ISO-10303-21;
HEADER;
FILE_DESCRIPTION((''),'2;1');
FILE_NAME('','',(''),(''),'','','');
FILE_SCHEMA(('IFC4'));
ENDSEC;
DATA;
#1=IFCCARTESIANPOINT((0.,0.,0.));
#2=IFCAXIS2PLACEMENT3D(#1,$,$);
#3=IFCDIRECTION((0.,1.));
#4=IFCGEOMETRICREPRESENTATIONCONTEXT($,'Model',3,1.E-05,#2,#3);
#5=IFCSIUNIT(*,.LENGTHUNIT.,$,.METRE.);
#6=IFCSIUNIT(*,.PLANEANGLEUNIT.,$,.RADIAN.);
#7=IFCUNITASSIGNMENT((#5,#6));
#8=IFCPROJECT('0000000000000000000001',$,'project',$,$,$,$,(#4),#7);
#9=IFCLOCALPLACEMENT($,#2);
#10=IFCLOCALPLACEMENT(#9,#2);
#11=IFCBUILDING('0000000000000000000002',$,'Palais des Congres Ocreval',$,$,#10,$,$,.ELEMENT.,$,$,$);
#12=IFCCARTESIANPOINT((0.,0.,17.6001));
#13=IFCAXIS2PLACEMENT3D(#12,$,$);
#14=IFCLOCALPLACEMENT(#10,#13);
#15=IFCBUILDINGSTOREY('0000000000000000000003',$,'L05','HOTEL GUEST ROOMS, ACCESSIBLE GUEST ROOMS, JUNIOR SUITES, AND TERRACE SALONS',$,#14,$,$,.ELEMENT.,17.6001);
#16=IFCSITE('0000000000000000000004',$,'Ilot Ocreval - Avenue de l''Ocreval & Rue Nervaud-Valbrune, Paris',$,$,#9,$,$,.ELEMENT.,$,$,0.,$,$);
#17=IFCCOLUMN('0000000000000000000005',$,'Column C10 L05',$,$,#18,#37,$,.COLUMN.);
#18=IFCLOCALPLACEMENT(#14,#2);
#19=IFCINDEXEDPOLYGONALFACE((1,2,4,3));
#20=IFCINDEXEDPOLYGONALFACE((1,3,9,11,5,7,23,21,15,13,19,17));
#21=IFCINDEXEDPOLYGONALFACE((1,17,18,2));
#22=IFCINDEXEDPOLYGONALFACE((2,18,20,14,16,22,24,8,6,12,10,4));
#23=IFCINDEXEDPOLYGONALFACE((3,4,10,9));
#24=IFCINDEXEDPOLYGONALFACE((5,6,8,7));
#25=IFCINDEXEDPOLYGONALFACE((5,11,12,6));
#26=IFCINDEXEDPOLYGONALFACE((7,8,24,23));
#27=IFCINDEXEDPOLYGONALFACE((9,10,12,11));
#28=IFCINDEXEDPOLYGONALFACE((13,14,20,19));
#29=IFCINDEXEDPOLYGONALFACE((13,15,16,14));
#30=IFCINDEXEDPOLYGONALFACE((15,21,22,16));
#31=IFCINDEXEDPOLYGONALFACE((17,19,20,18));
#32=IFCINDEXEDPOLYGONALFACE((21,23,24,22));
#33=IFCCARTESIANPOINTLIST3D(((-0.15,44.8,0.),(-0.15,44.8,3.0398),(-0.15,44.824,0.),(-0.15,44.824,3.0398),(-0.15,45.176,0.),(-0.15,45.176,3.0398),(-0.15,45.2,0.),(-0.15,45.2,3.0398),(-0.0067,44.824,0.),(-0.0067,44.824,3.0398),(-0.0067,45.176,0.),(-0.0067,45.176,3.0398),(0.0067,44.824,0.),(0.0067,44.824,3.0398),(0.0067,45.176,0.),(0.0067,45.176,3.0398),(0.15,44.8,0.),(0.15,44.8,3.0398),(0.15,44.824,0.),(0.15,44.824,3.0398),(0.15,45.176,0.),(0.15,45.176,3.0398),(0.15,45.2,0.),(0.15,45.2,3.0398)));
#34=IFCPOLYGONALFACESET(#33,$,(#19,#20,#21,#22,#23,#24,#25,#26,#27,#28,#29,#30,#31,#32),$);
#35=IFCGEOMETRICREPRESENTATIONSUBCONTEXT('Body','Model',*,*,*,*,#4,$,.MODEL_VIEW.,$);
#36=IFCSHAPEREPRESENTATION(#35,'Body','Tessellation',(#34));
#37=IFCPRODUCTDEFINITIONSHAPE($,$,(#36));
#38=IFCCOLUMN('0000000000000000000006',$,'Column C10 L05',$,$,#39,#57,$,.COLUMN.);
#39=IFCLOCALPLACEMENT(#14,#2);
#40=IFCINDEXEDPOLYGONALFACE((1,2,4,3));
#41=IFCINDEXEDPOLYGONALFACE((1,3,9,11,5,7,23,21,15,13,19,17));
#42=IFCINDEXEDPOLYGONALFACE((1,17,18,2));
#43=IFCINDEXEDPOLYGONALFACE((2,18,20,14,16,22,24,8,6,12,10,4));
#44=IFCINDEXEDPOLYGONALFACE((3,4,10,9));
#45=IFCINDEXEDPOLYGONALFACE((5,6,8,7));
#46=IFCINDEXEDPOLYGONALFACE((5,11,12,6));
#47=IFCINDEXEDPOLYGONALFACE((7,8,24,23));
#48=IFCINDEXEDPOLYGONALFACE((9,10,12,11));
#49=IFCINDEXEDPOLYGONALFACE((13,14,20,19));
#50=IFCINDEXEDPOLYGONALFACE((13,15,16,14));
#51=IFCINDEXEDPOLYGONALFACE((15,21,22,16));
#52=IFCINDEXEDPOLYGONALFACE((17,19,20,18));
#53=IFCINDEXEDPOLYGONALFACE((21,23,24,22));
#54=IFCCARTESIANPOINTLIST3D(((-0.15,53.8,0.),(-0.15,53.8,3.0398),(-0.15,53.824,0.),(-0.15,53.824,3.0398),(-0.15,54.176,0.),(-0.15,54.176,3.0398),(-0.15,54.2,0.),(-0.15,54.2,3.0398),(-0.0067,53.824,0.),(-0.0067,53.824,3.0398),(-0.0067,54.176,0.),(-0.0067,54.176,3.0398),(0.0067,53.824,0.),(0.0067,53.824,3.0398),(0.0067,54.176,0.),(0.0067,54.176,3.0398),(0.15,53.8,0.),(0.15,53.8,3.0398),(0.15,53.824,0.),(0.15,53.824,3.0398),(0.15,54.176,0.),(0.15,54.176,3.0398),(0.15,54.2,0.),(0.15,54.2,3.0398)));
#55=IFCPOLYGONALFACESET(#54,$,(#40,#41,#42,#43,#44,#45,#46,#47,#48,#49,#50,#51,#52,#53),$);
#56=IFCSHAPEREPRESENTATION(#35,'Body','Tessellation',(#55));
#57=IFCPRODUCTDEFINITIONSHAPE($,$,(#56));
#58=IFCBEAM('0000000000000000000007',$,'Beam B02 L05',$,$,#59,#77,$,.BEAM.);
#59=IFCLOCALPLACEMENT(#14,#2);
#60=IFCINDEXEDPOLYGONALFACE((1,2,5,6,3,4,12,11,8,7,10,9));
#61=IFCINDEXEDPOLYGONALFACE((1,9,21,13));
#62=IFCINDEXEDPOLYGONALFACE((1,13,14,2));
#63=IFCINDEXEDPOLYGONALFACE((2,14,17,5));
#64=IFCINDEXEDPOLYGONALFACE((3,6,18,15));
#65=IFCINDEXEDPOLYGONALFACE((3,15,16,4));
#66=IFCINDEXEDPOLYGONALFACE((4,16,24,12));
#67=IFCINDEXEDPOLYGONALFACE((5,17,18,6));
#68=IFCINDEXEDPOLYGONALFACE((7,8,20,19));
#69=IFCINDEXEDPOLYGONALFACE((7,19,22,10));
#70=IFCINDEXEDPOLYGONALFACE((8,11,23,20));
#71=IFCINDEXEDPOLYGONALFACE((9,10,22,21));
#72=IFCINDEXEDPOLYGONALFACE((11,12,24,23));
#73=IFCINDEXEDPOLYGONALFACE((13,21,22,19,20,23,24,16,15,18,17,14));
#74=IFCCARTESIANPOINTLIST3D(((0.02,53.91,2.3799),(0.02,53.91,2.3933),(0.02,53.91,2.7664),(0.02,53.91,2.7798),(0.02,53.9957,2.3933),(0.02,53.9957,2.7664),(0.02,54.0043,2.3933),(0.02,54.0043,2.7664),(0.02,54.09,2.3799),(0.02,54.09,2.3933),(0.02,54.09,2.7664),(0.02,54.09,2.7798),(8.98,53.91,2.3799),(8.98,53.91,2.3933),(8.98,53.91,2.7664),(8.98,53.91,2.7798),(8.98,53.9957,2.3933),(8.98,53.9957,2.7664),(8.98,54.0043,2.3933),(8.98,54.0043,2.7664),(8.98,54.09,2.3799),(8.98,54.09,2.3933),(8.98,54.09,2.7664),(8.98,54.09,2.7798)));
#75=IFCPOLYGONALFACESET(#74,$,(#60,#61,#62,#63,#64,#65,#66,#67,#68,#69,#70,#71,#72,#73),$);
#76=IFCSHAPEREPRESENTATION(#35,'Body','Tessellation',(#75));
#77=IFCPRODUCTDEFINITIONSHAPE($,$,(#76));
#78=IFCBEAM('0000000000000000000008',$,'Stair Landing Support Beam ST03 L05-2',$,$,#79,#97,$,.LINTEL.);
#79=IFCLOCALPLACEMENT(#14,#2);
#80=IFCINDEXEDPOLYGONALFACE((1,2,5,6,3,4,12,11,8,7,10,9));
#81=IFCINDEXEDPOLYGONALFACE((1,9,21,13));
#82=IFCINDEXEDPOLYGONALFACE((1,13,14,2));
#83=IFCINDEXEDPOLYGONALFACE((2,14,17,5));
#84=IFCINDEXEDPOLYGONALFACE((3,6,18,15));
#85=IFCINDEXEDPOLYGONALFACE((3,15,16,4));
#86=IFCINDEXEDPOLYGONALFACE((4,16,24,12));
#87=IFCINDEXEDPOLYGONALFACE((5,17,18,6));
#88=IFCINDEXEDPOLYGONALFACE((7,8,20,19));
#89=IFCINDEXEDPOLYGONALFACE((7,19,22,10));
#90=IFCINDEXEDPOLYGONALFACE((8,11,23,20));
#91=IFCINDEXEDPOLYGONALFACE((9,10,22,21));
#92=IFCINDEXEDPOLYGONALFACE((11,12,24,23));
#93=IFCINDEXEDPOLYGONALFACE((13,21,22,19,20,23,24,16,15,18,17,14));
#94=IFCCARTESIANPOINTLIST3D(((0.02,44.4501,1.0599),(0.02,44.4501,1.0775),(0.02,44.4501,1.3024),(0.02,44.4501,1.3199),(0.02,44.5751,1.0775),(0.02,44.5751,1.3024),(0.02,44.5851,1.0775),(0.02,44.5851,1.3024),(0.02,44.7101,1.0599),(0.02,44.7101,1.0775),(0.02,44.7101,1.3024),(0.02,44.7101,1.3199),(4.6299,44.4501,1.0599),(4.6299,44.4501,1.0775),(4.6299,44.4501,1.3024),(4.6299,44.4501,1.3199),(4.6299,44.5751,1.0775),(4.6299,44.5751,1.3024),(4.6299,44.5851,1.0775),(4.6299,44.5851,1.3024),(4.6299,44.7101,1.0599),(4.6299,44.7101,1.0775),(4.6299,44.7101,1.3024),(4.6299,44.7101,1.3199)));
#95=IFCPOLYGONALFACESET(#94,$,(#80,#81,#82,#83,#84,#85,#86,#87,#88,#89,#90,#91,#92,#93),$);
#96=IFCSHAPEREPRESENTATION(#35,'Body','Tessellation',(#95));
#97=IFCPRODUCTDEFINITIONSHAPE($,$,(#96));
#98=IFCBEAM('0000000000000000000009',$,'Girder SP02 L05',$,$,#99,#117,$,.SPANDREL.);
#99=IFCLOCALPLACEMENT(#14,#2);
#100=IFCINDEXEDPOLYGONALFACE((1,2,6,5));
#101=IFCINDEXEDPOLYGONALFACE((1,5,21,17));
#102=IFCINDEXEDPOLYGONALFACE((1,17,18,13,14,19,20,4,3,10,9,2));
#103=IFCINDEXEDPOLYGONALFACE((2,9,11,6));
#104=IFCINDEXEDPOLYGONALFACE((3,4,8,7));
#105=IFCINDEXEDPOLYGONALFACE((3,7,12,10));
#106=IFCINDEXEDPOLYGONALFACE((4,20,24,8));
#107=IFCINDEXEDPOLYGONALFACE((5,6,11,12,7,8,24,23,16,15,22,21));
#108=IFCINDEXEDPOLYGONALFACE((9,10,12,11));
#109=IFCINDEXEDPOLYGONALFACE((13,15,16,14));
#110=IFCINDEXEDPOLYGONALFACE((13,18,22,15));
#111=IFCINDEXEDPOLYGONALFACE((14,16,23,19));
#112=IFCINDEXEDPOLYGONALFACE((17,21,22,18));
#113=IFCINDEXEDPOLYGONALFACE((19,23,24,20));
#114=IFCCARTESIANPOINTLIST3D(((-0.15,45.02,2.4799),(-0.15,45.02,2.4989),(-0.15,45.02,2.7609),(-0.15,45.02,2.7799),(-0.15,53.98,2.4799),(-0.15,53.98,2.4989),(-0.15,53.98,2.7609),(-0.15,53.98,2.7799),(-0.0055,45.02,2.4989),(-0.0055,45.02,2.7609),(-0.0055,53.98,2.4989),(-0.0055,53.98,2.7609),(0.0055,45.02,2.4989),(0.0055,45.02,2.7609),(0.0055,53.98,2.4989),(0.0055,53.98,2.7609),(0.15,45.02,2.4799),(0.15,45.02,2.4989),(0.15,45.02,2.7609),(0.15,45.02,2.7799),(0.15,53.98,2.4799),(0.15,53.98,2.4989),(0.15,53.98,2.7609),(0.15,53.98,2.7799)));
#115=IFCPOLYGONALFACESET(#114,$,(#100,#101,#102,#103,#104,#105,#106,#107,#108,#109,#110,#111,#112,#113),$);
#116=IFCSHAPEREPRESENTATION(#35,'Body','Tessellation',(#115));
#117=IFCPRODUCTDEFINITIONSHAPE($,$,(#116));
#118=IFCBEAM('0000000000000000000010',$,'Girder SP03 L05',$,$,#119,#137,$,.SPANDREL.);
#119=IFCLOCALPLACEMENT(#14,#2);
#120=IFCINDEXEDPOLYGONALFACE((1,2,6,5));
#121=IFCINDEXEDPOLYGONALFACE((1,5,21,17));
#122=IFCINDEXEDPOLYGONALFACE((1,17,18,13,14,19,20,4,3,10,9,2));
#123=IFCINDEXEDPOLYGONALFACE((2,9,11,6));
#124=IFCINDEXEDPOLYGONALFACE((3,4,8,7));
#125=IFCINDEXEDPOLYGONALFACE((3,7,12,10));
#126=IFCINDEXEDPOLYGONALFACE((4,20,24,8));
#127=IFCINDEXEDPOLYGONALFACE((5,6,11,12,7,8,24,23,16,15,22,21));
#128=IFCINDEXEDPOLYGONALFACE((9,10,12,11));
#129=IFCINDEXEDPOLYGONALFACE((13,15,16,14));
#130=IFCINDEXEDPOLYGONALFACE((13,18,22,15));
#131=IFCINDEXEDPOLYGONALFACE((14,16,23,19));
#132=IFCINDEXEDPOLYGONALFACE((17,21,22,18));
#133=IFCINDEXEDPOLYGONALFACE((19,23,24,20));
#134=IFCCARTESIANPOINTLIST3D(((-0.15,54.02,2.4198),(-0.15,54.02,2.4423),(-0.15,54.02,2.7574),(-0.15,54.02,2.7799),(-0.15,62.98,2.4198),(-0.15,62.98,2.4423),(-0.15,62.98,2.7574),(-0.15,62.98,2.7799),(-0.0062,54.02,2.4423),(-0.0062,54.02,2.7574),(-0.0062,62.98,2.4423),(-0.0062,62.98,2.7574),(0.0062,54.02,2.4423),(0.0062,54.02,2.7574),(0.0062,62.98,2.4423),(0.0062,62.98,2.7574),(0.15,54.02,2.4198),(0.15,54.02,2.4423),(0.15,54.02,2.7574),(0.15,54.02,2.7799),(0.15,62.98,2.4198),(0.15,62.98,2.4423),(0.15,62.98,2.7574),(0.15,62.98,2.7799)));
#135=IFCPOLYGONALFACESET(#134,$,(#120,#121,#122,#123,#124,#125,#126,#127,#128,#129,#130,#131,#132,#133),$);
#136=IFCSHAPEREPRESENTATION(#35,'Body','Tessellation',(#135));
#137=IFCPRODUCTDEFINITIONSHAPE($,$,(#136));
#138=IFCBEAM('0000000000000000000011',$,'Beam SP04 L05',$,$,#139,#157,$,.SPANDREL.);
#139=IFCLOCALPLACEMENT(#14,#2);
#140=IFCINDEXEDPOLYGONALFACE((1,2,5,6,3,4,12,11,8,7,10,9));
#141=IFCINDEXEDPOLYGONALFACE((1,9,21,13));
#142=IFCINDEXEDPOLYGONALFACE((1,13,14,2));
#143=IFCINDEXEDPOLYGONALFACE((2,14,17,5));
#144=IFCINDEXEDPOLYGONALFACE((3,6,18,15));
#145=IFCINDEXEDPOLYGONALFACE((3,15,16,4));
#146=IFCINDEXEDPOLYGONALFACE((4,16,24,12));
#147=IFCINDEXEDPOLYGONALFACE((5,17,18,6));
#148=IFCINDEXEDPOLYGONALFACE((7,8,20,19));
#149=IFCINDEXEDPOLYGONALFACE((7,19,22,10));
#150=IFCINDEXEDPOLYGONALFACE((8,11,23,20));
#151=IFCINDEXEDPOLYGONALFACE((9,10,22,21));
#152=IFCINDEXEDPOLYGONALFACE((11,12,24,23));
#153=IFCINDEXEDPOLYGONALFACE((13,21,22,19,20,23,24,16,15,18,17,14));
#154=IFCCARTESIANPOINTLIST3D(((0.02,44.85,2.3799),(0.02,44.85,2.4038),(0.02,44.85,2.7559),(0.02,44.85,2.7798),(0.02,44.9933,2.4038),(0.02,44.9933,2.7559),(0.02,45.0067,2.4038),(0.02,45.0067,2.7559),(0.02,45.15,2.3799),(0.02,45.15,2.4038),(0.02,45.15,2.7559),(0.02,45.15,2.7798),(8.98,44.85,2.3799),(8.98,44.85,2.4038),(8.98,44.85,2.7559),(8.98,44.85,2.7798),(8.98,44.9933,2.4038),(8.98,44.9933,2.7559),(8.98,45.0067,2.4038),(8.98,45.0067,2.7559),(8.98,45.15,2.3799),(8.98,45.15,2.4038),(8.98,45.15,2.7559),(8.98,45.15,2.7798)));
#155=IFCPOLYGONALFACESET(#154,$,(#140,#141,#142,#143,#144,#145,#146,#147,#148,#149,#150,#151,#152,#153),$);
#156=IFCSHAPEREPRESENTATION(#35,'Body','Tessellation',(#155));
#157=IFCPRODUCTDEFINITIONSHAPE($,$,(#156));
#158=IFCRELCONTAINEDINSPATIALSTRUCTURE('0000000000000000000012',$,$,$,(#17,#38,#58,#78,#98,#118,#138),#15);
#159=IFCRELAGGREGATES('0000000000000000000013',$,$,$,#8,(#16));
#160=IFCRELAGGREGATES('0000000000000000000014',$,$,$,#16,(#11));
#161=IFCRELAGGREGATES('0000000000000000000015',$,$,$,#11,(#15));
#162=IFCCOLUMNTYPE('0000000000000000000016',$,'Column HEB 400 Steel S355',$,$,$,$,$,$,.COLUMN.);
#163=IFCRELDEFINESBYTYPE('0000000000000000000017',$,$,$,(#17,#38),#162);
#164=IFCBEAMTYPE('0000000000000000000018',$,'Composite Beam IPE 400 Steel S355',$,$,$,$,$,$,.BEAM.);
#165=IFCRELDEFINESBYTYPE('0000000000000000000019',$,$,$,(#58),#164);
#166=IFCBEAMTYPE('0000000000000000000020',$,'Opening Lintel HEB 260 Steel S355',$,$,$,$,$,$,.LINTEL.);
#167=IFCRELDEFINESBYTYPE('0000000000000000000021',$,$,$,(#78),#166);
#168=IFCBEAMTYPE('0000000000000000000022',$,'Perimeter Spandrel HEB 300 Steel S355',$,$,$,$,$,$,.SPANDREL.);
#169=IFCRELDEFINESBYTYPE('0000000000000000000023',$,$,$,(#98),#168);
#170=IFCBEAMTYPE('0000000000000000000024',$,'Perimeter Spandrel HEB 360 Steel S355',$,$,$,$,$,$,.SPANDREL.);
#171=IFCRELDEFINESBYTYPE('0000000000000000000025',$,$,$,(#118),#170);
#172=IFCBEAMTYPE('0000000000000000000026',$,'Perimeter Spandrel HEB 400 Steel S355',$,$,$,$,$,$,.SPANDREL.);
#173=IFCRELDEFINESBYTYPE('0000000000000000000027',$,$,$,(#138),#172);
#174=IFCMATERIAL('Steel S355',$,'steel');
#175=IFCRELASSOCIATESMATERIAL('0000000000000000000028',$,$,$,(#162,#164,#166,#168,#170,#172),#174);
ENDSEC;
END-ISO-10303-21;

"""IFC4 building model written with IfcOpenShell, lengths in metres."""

from ifc_helpers import new_model, si_unit, direction, frame, origin, origin_2d, place, context, subcontext, project, spatial, i_section, extrude, material, material_profile, profile_set, type_object, element, save


model = new_model("IFC4")

# Units and contexts
model_context = context("Model", 3, precision=1e-05, world=origin(), true_north=direction((0.0, 1.0)))
body_context = subcontext(model_context, "Body", "Model", "MODEL_VIEW")
ifc_project = project(units=[si_unit("LENGTHUNIT", "METRE"), si_unit("PLANEANGLEUNIT", "RADIAN")], contexts=[model_context])

# Site, building, storey
site_placement = place(None, origin())
site = spatial("IfcSite", under=ifc_project, at=site_placement, Name="Ilot Ocreval - Avenue de l'Ocreval & Rue Nervaud-Valbrune, Paris", CompositionType="ELEMENT", RefElevation=0.0)
building_placement = place(site_placement, origin())
building = spatial("IfcBuilding", under=site, at=building_placement, Name="Palais des Congres Ocreval", CompositionType="ELEMENT")
storey_placement = place(building_placement, frame((0.0, 0.0, 17.6001)))
storey = spatial("IfcBuildingStorey", under=building, at=storey_placement, Name="L05", Description="HOTEL GUEST ROOMS, ACCESSIBLE GUEST ROOMS, JUNIOR SUITES, AND TERRACE SALONS", CompositionType="ELEMENT", Elevation=17.6001)

# Columns
ifc_material_1 = material(Name="Steel S355", Category="steel")
ifc_material_profile_1 = material_profile(ifc_material_1, i_section(OverallWidth=0.3, OverallDepth=0.3999, WebThickness=0.0134, FlangeThickness=0.0239, at=origin_2d()), Name="HEB 400")
ifc_profile_set_1 = profile_set([ifc_material_profile_1], Name="Steel S355")
column_type = type_object("IfcColumnType", Name="Column HEB 400 Steel S355", PredefinedType="COLUMN", material=ifc_profile_set_1)
for number, where, z_axis, x_axis, name in (
    (1, (0.0, 45.0, 0.0), (0.0, 0.0, 1.0), (1.0, 0.0, 0.0), "Column C10 L05"),
    (2, (0.0, 54.0, 0.0), (0.0, 0.0, 1.0), (1.0, 0.0, 0.0), "Column C10 L05"),
):
    element("IfcColumn", number, at=place(storey_placement, frame(where, z_axis=z_axis, x_axis=x_axis)), inside=storey, type_object=column_type, Name=name, PredefinedType="COLUMN", context=body_context, shape_type="SweptSolid", body=[
        extrude(i_section(OverallWidth=0.3, OverallDepth=0.3999, WebThickness=0.0134, FlangeThickness=0.0239, at=origin_2d()), origin(), (0.0, 0.0, 1.0), 3.0398),
    ])

# Beams
ifc_material_profile_2 = material_profile(ifc_material_1, i_section(OverallWidth=0.1799, OverallDepth=0.3999, WebThickness=0.0085, FlangeThickness=0.0134, at=origin_2d()), Name="IPE 400")
ifc_profile_set_2 = profile_set([ifc_material_profile_2], Name="Steel S355")
beam_type_1 = type_object("IfcBeamType", Name="Composite Beam IPE 400 Steel S355", PredefinedType="BEAM", material=ifc_profile_set_2)
beam_1_placement = place(storey_placement, frame((0.02, 54.0, 2.5798), z_axis=(1.0, 0.0, 0.0), x_axis=(0.0, 1.0, 0.0)))
element("IfcBeam", 3, at=beam_1_placement, inside=storey, type_object=beam_type_1, Name="Beam B02 L05", PredefinedType="BEAM", context=body_context, shape_type="SweptSolid", body=[
    extrude(i_section(OverallWidth=0.1799, OverallDepth=0.3999, WebThickness=0.0085, FlangeThickness=0.0134, at=origin_2d()), origin(), (0.0, 0.0, 1.0), 8.96),
])
ifc_material_profile_3 = material_profile(ifc_material_1, i_section(OverallWidth=0.26, OverallDepth=0.26, WebThickness=0.01, FlangeThickness=0.0176, at=origin_2d()), Name="HEB 260")
ifc_profile_set_3 = profile_set([ifc_material_profile_3], Name="Steel S355")
beam_type_2 = type_object("IfcBeamType", Name="Opening Lintel HEB 260 Steel S355", PredefinedType="LINTEL", material=ifc_profile_set_3)
beam_2_placement = place(storey_placement, frame((0.02, 44.5801, 1.1899), z_axis=(1.0, 0.0, 0.0), x_axis=(0.0, 1.0, 0.0)))
element("IfcBeam", 4, at=beam_2_placement, inside=storey, type_object=beam_type_2, Name="Stair Landing Support Beam ST03 L05-2", PredefinedType="LINTEL", context=body_context, shape_type="SweptSolid", body=[
    extrude(i_section(OverallWidth=0.26, OverallDepth=0.26, WebThickness=0.01, FlangeThickness=0.0176, at=origin_2d()), origin(), (0.0, 0.0, 1.0), 4.6099),
])
ifc_material_profile_4 = material_profile(ifc_material_1, i_section(OverallWidth=0.3, OverallDepth=0.3, WebThickness=0.011, FlangeThickness=0.019, at=origin_2d()), Name="HEB 300")
ifc_profile_set_4 = profile_set([ifc_material_profile_4], Name="Steel S355")
beam_type_3 = type_object("IfcBeamType", Name="Perimeter Spandrel HEB 300 Steel S355", PredefinedType="SPANDREL", material=ifc_profile_set_4)
beam_3_placement = place(storey_placement, frame((0.0, 45.02, 2.6299), z_axis=(0.0, 1.0, 0.0), x_axis=(-1.0, 0.0, 0.0)))
element("IfcBeam", 5, at=beam_3_placement, inside=storey, type_object=beam_type_3, Name="Girder SP02 L05", PredefinedType="SPANDREL", context=body_context, shape_type="SweptSolid", body=[
    extrude(i_section(OverallWidth=0.3, OverallDepth=0.3, WebThickness=0.011, FlangeThickness=0.019, at=origin_2d()), origin(), (0.0, 0.0, 1.0), 8.96),
])
ifc_material_profile_5 = material_profile(ifc_material_1, i_section(OverallWidth=0.3, OverallDepth=0.3601, WebThickness=0.0125, FlangeThickness=0.0225, at=origin_2d()), Name="HEB 360")
ifc_profile_set_5 = profile_set([ifc_material_profile_5], Name="Steel S355")
beam_type_4 = type_object("IfcBeamType", Name="Perimeter Spandrel HEB 360 Steel S355", PredefinedType="SPANDREL", material=ifc_profile_set_5)
beam_4_placement = place(storey_placement, frame((0.0, 54.02, 2.5999), z_axis=(0.0, 1.0, 0.0), x_axis=(-1.0, 0.0, 0.0)))
element("IfcBeam", 6, at=beam_4_placement, inside=storey, type_object=beam_type_4, Name="Girder SP03 L05", PredefinedType="SPANDREL", context=body_context, shape_type="SweptSolid", body=[
    extrude(i_section(OverallWidth=0.3, OverallDepth=0.3601, WebThickness=0.0125, FlangeThickness=0.0225, at=origin_2d()), origin(), (0.0, 0.0, 1.0), 8.96),
])
ifc_material_profile_6 = material_profile(ifc_material_1, i_section(OverallWidth=0.3, OverallDepth=0.3999, WebThickness=0.0134, FlangeThickness=0.0239, at=origin_2d()), Name="HEB 400")
ifc_profile_set_6 = profile_set([ifc_material_profile_6], Name="Steel S355")
beam_type_5 = type_object("IfcBeamType", Name="Perimeter Spandrel HEB 400 Steel S355", PredefinedType="SPANDREL", material=ifc_profile_set_6)
beam_5_placement = place(storey_placement, frame((0.02, 45.0, 2.5798), z_axis=(1.0, 0.0, 0.0), x_axis=(0.0, 1.0, 0.0)))
element("IfcBeam", 7, at=beam_5_placement, inside=storey, type_object=beam_type_5, Name="Beam SP04 L05", PredefinedType="SPANDREL", context=body_context, shape_type="SweptSolid", body=[
    extrude(i_section(OverallWidth=0.3, OverallDepth=0.3999, WebThickness=0.0134, FlangeThickness=0.0239, at=origin_2d()), origin(), (0.0, 0.0, 1.0), 8.96),
])

save(model, "model.ifc")
